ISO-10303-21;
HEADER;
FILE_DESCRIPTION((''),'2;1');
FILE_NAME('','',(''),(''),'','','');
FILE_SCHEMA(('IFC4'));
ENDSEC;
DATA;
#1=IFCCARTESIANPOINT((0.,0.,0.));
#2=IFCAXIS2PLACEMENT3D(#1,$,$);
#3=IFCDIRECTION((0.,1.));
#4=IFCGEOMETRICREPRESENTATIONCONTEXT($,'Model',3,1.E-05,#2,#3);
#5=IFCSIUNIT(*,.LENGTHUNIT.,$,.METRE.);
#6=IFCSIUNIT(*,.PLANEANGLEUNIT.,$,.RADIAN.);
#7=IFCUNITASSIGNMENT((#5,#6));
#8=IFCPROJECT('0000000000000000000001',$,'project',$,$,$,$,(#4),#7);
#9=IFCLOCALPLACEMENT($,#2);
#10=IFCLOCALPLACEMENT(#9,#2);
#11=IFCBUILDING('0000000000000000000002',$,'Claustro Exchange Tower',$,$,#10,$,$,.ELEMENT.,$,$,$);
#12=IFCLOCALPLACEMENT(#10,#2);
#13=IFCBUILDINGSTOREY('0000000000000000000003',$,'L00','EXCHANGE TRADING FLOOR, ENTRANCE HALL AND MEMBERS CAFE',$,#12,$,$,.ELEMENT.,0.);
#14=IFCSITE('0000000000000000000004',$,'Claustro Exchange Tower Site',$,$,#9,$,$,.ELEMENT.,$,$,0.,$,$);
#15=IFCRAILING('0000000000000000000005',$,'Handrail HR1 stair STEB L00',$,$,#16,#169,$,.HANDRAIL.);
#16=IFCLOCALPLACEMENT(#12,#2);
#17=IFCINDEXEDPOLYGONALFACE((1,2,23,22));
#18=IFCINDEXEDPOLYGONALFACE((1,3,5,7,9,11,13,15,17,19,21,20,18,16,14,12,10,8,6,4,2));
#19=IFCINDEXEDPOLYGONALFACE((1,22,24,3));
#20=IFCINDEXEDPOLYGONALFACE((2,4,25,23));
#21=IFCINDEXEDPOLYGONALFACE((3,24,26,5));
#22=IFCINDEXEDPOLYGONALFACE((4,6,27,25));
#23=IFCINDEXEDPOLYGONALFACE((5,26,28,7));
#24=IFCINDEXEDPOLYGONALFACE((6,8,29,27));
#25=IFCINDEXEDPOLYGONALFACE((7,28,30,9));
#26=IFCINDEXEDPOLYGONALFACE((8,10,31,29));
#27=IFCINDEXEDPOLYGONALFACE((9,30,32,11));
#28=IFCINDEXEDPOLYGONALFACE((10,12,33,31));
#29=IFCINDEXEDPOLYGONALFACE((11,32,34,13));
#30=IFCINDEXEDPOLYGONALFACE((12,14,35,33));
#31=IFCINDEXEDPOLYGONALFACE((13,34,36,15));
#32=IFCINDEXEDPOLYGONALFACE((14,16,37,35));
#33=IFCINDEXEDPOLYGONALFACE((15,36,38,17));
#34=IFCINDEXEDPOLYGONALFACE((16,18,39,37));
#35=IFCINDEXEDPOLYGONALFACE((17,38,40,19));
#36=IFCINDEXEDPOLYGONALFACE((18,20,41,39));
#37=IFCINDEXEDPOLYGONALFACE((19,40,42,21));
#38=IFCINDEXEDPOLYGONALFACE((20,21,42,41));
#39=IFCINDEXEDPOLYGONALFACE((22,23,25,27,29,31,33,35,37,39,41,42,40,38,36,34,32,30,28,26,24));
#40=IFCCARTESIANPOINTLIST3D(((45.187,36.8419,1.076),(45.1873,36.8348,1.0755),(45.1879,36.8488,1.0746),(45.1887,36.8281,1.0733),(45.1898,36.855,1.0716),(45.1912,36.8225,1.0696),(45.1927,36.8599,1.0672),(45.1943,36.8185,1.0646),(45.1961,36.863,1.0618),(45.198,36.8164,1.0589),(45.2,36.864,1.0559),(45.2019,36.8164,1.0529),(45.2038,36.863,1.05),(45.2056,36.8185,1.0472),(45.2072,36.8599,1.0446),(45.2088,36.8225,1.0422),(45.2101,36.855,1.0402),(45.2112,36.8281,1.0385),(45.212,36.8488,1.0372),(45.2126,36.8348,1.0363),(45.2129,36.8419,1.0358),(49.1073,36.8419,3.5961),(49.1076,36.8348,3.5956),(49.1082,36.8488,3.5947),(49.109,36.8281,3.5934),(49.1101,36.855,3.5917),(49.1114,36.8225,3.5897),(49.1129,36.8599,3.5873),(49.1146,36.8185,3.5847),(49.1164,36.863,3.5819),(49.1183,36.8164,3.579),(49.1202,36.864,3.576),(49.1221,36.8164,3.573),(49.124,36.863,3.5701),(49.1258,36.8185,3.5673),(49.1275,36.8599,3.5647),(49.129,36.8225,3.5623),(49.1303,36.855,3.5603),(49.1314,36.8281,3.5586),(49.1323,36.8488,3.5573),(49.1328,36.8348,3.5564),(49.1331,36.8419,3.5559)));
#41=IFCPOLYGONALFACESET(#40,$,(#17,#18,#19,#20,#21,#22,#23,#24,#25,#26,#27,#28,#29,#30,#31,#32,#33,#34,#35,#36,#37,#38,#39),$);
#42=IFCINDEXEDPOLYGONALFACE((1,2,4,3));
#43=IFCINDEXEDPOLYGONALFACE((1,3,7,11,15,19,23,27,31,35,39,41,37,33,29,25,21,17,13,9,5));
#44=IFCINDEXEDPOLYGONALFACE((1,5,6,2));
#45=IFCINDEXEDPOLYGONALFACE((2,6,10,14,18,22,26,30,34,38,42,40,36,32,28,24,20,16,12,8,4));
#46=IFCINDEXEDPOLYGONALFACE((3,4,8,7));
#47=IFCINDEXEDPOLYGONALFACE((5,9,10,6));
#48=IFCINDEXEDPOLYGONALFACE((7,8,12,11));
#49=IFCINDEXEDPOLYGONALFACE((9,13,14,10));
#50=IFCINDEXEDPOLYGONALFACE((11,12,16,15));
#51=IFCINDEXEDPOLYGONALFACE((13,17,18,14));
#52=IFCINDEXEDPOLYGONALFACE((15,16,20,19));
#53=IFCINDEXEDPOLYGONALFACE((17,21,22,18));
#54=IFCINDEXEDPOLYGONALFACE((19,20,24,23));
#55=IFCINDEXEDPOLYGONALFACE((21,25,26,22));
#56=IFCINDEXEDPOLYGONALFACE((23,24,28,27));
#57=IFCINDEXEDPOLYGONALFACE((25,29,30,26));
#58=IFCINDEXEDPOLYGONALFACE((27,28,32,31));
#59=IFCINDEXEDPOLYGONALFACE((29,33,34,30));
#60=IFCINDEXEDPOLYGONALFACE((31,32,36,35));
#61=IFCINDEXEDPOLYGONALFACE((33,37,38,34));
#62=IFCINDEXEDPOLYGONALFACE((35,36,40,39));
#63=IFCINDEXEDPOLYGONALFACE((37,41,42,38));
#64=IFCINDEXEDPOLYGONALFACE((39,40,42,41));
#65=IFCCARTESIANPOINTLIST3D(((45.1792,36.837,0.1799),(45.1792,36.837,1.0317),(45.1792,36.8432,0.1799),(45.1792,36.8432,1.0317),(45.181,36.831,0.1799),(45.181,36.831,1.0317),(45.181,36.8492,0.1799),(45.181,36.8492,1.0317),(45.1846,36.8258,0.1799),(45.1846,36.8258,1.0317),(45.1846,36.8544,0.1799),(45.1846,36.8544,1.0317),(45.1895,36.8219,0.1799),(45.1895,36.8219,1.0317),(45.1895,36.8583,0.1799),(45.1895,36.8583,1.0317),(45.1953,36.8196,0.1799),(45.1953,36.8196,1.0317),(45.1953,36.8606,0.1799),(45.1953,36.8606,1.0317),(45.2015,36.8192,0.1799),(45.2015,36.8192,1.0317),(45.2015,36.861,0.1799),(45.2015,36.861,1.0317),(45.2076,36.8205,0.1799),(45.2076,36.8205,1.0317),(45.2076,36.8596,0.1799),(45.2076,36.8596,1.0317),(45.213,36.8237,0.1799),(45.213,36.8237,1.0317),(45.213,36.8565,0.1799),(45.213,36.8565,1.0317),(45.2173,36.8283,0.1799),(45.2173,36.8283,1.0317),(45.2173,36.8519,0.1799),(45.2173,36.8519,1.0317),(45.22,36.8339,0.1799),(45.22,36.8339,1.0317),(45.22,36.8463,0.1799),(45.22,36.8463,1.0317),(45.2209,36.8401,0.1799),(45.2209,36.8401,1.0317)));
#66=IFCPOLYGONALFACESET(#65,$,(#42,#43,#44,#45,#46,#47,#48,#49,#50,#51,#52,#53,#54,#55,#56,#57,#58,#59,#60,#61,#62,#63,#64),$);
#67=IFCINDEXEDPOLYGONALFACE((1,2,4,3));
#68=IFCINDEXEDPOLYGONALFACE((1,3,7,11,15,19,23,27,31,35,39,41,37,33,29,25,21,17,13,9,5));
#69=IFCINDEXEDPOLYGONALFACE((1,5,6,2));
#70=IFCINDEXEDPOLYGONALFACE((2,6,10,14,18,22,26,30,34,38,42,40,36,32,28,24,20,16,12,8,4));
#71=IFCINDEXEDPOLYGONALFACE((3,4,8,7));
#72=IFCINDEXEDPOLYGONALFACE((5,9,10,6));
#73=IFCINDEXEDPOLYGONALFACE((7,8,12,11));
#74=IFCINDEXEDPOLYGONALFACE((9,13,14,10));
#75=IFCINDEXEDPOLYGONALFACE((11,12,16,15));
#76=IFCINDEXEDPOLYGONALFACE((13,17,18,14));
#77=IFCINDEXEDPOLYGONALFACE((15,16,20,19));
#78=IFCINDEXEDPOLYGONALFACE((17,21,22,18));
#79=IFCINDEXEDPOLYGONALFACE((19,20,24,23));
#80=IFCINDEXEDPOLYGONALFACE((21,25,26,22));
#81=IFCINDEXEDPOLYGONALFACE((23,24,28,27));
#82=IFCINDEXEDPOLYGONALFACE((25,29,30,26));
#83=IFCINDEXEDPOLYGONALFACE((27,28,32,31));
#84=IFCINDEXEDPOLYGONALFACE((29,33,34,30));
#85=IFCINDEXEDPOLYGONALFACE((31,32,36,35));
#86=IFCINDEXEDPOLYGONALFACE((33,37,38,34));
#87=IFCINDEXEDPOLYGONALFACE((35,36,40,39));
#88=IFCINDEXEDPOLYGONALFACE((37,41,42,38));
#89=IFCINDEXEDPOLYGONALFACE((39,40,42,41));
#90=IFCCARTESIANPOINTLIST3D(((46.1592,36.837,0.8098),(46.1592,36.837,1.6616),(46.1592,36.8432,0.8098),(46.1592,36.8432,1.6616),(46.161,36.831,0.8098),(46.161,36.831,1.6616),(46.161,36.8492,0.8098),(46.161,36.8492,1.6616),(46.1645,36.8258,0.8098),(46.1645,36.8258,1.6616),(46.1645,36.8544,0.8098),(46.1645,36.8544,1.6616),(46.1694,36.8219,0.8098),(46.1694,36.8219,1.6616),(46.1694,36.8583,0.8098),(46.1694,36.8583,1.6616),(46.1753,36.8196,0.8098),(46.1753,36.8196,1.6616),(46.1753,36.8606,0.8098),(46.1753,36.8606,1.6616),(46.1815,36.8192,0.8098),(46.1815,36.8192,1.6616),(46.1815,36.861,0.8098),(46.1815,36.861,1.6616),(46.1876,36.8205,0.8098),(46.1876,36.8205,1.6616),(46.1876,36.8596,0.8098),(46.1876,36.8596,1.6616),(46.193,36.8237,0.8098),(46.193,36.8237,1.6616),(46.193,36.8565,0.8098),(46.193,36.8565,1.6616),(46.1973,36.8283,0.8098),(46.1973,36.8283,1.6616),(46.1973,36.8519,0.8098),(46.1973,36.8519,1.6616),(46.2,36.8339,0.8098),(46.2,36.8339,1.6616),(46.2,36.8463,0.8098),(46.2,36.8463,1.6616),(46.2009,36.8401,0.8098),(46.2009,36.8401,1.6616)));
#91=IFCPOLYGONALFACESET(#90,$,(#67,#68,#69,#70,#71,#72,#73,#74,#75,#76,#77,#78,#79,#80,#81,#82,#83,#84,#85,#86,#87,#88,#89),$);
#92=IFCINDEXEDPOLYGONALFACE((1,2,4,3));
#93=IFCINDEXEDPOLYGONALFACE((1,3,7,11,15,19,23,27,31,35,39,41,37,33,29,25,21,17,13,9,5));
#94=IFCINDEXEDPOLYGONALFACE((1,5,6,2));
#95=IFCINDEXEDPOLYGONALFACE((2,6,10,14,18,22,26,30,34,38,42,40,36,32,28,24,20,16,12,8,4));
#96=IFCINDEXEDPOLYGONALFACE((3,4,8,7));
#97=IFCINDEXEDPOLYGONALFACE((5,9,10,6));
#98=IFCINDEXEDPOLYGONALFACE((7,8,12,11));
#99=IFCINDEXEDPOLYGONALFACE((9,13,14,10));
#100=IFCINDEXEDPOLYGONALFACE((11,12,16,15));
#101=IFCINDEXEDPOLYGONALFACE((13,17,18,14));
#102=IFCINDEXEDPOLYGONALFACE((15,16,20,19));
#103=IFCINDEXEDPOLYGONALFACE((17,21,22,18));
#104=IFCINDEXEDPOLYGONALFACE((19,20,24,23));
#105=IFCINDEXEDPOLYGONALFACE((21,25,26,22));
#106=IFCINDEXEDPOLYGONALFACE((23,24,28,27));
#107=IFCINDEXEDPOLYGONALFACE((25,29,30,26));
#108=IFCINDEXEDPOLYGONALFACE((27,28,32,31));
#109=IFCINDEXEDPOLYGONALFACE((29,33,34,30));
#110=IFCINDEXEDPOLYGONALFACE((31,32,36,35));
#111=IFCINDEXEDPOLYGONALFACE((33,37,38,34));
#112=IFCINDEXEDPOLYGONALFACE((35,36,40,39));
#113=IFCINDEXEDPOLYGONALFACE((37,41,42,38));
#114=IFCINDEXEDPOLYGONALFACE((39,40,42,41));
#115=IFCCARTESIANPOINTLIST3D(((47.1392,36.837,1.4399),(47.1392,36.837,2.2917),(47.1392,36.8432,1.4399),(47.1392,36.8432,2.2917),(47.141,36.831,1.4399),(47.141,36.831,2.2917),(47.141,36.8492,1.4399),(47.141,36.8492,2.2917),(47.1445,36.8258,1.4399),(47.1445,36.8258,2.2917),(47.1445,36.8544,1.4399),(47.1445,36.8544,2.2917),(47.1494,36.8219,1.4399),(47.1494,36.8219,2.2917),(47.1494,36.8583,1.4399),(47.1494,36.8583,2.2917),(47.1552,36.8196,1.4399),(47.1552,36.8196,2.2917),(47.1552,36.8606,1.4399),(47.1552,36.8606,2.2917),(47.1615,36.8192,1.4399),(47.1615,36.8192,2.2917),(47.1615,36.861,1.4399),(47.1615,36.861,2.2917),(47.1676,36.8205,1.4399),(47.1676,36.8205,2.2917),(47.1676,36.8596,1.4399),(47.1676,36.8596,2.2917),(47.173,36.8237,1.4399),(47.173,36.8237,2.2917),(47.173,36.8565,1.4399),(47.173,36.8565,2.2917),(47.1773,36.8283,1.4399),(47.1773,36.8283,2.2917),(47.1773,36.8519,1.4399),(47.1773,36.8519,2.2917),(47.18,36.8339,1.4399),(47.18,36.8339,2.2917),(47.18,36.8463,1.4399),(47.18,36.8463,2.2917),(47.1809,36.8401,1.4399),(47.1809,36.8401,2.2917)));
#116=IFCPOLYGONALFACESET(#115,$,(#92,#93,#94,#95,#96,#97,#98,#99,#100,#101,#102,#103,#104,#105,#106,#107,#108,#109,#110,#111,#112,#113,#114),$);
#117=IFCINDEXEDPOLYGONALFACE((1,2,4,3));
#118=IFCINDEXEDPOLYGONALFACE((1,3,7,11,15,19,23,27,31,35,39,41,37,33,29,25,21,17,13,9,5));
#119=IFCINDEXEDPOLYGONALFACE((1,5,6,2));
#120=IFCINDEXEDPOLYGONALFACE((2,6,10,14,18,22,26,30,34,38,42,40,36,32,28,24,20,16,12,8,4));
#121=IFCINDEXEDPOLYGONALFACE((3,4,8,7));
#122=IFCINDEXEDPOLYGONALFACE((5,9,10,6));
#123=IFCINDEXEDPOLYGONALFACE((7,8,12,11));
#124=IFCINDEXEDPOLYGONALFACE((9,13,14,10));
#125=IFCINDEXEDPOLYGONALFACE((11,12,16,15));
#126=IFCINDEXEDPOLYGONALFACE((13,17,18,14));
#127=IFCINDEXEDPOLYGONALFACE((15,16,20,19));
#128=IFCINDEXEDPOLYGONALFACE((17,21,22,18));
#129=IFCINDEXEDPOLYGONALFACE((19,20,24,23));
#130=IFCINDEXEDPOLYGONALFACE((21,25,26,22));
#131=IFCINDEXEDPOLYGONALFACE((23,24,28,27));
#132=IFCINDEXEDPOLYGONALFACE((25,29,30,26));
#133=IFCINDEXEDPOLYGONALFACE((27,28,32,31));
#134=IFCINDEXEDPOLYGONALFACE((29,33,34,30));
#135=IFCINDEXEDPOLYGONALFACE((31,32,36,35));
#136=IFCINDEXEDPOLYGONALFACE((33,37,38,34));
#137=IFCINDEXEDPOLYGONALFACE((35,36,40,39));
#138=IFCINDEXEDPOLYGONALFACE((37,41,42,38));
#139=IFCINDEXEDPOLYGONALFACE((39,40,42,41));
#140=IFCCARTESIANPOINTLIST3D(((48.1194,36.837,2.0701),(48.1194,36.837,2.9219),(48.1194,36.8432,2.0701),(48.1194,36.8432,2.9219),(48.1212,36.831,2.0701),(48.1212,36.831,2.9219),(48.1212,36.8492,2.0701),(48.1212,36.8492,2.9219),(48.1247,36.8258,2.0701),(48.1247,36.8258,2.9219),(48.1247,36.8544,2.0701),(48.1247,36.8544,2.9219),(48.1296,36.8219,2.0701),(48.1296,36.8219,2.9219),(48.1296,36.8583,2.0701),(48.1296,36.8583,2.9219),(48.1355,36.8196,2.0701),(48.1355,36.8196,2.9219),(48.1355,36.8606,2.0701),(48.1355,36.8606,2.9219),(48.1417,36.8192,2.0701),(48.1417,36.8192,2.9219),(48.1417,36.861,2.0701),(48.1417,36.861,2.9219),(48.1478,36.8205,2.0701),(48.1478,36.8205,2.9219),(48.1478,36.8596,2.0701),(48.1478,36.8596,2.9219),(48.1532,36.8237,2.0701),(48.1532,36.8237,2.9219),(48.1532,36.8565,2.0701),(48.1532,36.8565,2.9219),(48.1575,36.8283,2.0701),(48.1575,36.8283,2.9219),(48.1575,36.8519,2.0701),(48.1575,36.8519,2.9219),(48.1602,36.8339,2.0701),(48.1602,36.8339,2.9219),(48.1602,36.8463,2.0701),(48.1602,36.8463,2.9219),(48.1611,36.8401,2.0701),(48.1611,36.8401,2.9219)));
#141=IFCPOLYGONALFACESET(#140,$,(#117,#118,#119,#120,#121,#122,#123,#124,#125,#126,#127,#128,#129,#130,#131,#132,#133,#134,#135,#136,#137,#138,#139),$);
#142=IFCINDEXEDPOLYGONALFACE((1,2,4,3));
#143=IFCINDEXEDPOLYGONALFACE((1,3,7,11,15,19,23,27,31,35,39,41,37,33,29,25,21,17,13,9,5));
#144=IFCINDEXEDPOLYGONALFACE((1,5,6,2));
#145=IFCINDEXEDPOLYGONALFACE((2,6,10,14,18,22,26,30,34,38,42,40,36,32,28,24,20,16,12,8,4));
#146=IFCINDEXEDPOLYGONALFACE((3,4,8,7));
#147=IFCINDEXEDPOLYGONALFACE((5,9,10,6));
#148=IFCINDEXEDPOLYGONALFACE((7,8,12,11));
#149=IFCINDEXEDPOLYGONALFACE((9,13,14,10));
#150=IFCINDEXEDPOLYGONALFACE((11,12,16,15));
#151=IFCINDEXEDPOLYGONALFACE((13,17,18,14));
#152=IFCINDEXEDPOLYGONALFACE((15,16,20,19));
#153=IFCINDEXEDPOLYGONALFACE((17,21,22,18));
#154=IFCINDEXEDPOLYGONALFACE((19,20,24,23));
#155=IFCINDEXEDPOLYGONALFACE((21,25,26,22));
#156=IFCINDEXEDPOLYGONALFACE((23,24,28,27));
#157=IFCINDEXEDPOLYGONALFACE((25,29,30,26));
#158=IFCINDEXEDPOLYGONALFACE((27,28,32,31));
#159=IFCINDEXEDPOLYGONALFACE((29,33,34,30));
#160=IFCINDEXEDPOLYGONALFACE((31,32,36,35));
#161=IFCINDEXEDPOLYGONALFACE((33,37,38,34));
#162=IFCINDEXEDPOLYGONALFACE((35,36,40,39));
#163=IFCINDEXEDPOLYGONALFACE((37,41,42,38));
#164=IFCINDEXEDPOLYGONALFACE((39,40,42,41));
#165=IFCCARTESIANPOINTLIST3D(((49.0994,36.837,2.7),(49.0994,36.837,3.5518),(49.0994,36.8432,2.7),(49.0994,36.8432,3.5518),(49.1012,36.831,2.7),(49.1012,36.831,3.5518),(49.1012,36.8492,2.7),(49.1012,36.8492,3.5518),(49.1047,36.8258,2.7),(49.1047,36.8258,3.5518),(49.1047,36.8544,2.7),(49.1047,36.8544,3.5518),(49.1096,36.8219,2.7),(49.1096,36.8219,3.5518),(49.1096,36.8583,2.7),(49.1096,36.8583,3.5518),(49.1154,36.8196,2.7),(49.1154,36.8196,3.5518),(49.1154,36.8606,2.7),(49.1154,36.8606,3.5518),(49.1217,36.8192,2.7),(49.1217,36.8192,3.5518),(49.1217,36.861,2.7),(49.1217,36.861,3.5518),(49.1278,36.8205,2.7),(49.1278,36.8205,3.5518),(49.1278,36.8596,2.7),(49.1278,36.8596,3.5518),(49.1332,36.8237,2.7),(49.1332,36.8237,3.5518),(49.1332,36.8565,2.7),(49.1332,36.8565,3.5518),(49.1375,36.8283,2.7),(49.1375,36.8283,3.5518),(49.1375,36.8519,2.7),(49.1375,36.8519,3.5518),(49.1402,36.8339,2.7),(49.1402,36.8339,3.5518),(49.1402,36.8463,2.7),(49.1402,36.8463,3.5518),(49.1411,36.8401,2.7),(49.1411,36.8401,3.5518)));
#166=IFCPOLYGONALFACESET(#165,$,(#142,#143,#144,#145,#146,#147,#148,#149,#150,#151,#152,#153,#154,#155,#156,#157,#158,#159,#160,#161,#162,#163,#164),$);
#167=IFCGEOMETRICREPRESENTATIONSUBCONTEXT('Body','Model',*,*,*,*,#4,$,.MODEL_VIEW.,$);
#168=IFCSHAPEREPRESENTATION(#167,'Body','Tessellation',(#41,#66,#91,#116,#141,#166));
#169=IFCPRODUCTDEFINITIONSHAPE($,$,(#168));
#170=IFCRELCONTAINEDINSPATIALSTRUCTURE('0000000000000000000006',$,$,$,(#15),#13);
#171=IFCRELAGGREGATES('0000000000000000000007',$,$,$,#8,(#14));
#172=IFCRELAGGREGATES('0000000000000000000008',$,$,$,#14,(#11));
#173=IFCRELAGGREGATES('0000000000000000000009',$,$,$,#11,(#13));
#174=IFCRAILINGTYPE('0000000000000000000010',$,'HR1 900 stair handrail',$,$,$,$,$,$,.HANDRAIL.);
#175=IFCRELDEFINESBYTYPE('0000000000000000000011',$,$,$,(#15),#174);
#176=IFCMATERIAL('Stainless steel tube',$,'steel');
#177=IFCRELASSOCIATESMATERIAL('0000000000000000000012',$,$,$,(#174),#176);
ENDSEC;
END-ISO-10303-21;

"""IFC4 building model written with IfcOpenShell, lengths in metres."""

from ifc_helpers import new_model, si_unit, direction, frame, origin, origin_2d, place, context, subcontext, project, spatial, circle, extrude, material, type_object, element, save


model = new_model("IFC4")

# Units and contexts
model_context = context("Model", 3, precision=1e-05, world=origin(), true_north=direction((0.0, 1.0)))
body_context = subcontext(model_context, "Body", "Model", "MODEL_VIEW")
ifc_project = project(units=[si_unit("LENGTHUNIT", "METRE"), si_unit("PLANEANGLEUNIT", "RADIAN")], contexts=[model_context])

# Site, building, storey
site_placement = place(None, origin())
site = spatial("IfcSite", under=ifc_project, at=site_placement, Name="Claustro Exchange Tower Site", CompositionType="ELEMENT", RefElevation=0.0)
building_placement = place(site_placement, origin())
building = spatial("IfcBuilding", under=site, at=building_placement, Name="Claustro Exchange Tower", CompositionType="ELEMENT")
storey_placement = place(building_placement, origin())
storey = spatial("IfcBuildingStorey", under=building, at=storey_placement, Name="L00", Description="EXCHANGE TRADING FLOOR, ENTRANCE HALL AND MEMBERS CAFE", CompositionType="ELEMENT", Elevation=0.0)

# Railing
ifc_material_1 = material(Name="Stainless steel tube", Category="steel")
railing_type_1 = type_object("IfcRailingType", Name="HR1 900 stair handrail", PredefinedType="HANDRAIL", material=ifc_material_1)
railing_1_placement = place(storey_placement, frame((45.2, 36.8401, 0.1799)))
element("IfcRailing", 1, at=railing_1_placement, inside=storey, type_object=railing_type_1, Name="Handrail HR1 stair STEB L00", PredefinedType="HANDRAIL", context=body_context, shape_type="SweptSolid", body=[
    extrude(circle(Radius=0.0239, at=origin_2d()), frame((0.0, 0.0, 0.876), z_axis=(0.841187, 0.0, 0.540744), x_axis=(0.0, 1.0, 0.0)), (0.0, 0.0, 1.0), 4.6604),
    extrude(circle(Radius=0.021, at=origin_2d()), origin(), (0.0, 0.0, 1.0), 0.8518),
    extrude(circle(Radius=0.021, at=origin_2d()), frame((0.98, 0.0, 0.6299)), (0.0, 0.0, 1.0), 0.8518),
    extrude(circle(Radius=0.021, at=origin_2d()), frame((1.96, 0.0, 1.26)), (0.0, 0.0, 1.0), 0.8518),
    extrude(circle(Radius=0.021, at=origin_2d()), frame((2.9402, 0.0, 1.8901)), (0.0, 0.0, 1.0), 0.8518),
    extrude(circle(Radius=0.021, at=origin_2d()), frame((3.9202, 0.0, 2.52)), (0.0, 0.0, 1.0), 0.8518),
])

save(model, "model.ifc")
